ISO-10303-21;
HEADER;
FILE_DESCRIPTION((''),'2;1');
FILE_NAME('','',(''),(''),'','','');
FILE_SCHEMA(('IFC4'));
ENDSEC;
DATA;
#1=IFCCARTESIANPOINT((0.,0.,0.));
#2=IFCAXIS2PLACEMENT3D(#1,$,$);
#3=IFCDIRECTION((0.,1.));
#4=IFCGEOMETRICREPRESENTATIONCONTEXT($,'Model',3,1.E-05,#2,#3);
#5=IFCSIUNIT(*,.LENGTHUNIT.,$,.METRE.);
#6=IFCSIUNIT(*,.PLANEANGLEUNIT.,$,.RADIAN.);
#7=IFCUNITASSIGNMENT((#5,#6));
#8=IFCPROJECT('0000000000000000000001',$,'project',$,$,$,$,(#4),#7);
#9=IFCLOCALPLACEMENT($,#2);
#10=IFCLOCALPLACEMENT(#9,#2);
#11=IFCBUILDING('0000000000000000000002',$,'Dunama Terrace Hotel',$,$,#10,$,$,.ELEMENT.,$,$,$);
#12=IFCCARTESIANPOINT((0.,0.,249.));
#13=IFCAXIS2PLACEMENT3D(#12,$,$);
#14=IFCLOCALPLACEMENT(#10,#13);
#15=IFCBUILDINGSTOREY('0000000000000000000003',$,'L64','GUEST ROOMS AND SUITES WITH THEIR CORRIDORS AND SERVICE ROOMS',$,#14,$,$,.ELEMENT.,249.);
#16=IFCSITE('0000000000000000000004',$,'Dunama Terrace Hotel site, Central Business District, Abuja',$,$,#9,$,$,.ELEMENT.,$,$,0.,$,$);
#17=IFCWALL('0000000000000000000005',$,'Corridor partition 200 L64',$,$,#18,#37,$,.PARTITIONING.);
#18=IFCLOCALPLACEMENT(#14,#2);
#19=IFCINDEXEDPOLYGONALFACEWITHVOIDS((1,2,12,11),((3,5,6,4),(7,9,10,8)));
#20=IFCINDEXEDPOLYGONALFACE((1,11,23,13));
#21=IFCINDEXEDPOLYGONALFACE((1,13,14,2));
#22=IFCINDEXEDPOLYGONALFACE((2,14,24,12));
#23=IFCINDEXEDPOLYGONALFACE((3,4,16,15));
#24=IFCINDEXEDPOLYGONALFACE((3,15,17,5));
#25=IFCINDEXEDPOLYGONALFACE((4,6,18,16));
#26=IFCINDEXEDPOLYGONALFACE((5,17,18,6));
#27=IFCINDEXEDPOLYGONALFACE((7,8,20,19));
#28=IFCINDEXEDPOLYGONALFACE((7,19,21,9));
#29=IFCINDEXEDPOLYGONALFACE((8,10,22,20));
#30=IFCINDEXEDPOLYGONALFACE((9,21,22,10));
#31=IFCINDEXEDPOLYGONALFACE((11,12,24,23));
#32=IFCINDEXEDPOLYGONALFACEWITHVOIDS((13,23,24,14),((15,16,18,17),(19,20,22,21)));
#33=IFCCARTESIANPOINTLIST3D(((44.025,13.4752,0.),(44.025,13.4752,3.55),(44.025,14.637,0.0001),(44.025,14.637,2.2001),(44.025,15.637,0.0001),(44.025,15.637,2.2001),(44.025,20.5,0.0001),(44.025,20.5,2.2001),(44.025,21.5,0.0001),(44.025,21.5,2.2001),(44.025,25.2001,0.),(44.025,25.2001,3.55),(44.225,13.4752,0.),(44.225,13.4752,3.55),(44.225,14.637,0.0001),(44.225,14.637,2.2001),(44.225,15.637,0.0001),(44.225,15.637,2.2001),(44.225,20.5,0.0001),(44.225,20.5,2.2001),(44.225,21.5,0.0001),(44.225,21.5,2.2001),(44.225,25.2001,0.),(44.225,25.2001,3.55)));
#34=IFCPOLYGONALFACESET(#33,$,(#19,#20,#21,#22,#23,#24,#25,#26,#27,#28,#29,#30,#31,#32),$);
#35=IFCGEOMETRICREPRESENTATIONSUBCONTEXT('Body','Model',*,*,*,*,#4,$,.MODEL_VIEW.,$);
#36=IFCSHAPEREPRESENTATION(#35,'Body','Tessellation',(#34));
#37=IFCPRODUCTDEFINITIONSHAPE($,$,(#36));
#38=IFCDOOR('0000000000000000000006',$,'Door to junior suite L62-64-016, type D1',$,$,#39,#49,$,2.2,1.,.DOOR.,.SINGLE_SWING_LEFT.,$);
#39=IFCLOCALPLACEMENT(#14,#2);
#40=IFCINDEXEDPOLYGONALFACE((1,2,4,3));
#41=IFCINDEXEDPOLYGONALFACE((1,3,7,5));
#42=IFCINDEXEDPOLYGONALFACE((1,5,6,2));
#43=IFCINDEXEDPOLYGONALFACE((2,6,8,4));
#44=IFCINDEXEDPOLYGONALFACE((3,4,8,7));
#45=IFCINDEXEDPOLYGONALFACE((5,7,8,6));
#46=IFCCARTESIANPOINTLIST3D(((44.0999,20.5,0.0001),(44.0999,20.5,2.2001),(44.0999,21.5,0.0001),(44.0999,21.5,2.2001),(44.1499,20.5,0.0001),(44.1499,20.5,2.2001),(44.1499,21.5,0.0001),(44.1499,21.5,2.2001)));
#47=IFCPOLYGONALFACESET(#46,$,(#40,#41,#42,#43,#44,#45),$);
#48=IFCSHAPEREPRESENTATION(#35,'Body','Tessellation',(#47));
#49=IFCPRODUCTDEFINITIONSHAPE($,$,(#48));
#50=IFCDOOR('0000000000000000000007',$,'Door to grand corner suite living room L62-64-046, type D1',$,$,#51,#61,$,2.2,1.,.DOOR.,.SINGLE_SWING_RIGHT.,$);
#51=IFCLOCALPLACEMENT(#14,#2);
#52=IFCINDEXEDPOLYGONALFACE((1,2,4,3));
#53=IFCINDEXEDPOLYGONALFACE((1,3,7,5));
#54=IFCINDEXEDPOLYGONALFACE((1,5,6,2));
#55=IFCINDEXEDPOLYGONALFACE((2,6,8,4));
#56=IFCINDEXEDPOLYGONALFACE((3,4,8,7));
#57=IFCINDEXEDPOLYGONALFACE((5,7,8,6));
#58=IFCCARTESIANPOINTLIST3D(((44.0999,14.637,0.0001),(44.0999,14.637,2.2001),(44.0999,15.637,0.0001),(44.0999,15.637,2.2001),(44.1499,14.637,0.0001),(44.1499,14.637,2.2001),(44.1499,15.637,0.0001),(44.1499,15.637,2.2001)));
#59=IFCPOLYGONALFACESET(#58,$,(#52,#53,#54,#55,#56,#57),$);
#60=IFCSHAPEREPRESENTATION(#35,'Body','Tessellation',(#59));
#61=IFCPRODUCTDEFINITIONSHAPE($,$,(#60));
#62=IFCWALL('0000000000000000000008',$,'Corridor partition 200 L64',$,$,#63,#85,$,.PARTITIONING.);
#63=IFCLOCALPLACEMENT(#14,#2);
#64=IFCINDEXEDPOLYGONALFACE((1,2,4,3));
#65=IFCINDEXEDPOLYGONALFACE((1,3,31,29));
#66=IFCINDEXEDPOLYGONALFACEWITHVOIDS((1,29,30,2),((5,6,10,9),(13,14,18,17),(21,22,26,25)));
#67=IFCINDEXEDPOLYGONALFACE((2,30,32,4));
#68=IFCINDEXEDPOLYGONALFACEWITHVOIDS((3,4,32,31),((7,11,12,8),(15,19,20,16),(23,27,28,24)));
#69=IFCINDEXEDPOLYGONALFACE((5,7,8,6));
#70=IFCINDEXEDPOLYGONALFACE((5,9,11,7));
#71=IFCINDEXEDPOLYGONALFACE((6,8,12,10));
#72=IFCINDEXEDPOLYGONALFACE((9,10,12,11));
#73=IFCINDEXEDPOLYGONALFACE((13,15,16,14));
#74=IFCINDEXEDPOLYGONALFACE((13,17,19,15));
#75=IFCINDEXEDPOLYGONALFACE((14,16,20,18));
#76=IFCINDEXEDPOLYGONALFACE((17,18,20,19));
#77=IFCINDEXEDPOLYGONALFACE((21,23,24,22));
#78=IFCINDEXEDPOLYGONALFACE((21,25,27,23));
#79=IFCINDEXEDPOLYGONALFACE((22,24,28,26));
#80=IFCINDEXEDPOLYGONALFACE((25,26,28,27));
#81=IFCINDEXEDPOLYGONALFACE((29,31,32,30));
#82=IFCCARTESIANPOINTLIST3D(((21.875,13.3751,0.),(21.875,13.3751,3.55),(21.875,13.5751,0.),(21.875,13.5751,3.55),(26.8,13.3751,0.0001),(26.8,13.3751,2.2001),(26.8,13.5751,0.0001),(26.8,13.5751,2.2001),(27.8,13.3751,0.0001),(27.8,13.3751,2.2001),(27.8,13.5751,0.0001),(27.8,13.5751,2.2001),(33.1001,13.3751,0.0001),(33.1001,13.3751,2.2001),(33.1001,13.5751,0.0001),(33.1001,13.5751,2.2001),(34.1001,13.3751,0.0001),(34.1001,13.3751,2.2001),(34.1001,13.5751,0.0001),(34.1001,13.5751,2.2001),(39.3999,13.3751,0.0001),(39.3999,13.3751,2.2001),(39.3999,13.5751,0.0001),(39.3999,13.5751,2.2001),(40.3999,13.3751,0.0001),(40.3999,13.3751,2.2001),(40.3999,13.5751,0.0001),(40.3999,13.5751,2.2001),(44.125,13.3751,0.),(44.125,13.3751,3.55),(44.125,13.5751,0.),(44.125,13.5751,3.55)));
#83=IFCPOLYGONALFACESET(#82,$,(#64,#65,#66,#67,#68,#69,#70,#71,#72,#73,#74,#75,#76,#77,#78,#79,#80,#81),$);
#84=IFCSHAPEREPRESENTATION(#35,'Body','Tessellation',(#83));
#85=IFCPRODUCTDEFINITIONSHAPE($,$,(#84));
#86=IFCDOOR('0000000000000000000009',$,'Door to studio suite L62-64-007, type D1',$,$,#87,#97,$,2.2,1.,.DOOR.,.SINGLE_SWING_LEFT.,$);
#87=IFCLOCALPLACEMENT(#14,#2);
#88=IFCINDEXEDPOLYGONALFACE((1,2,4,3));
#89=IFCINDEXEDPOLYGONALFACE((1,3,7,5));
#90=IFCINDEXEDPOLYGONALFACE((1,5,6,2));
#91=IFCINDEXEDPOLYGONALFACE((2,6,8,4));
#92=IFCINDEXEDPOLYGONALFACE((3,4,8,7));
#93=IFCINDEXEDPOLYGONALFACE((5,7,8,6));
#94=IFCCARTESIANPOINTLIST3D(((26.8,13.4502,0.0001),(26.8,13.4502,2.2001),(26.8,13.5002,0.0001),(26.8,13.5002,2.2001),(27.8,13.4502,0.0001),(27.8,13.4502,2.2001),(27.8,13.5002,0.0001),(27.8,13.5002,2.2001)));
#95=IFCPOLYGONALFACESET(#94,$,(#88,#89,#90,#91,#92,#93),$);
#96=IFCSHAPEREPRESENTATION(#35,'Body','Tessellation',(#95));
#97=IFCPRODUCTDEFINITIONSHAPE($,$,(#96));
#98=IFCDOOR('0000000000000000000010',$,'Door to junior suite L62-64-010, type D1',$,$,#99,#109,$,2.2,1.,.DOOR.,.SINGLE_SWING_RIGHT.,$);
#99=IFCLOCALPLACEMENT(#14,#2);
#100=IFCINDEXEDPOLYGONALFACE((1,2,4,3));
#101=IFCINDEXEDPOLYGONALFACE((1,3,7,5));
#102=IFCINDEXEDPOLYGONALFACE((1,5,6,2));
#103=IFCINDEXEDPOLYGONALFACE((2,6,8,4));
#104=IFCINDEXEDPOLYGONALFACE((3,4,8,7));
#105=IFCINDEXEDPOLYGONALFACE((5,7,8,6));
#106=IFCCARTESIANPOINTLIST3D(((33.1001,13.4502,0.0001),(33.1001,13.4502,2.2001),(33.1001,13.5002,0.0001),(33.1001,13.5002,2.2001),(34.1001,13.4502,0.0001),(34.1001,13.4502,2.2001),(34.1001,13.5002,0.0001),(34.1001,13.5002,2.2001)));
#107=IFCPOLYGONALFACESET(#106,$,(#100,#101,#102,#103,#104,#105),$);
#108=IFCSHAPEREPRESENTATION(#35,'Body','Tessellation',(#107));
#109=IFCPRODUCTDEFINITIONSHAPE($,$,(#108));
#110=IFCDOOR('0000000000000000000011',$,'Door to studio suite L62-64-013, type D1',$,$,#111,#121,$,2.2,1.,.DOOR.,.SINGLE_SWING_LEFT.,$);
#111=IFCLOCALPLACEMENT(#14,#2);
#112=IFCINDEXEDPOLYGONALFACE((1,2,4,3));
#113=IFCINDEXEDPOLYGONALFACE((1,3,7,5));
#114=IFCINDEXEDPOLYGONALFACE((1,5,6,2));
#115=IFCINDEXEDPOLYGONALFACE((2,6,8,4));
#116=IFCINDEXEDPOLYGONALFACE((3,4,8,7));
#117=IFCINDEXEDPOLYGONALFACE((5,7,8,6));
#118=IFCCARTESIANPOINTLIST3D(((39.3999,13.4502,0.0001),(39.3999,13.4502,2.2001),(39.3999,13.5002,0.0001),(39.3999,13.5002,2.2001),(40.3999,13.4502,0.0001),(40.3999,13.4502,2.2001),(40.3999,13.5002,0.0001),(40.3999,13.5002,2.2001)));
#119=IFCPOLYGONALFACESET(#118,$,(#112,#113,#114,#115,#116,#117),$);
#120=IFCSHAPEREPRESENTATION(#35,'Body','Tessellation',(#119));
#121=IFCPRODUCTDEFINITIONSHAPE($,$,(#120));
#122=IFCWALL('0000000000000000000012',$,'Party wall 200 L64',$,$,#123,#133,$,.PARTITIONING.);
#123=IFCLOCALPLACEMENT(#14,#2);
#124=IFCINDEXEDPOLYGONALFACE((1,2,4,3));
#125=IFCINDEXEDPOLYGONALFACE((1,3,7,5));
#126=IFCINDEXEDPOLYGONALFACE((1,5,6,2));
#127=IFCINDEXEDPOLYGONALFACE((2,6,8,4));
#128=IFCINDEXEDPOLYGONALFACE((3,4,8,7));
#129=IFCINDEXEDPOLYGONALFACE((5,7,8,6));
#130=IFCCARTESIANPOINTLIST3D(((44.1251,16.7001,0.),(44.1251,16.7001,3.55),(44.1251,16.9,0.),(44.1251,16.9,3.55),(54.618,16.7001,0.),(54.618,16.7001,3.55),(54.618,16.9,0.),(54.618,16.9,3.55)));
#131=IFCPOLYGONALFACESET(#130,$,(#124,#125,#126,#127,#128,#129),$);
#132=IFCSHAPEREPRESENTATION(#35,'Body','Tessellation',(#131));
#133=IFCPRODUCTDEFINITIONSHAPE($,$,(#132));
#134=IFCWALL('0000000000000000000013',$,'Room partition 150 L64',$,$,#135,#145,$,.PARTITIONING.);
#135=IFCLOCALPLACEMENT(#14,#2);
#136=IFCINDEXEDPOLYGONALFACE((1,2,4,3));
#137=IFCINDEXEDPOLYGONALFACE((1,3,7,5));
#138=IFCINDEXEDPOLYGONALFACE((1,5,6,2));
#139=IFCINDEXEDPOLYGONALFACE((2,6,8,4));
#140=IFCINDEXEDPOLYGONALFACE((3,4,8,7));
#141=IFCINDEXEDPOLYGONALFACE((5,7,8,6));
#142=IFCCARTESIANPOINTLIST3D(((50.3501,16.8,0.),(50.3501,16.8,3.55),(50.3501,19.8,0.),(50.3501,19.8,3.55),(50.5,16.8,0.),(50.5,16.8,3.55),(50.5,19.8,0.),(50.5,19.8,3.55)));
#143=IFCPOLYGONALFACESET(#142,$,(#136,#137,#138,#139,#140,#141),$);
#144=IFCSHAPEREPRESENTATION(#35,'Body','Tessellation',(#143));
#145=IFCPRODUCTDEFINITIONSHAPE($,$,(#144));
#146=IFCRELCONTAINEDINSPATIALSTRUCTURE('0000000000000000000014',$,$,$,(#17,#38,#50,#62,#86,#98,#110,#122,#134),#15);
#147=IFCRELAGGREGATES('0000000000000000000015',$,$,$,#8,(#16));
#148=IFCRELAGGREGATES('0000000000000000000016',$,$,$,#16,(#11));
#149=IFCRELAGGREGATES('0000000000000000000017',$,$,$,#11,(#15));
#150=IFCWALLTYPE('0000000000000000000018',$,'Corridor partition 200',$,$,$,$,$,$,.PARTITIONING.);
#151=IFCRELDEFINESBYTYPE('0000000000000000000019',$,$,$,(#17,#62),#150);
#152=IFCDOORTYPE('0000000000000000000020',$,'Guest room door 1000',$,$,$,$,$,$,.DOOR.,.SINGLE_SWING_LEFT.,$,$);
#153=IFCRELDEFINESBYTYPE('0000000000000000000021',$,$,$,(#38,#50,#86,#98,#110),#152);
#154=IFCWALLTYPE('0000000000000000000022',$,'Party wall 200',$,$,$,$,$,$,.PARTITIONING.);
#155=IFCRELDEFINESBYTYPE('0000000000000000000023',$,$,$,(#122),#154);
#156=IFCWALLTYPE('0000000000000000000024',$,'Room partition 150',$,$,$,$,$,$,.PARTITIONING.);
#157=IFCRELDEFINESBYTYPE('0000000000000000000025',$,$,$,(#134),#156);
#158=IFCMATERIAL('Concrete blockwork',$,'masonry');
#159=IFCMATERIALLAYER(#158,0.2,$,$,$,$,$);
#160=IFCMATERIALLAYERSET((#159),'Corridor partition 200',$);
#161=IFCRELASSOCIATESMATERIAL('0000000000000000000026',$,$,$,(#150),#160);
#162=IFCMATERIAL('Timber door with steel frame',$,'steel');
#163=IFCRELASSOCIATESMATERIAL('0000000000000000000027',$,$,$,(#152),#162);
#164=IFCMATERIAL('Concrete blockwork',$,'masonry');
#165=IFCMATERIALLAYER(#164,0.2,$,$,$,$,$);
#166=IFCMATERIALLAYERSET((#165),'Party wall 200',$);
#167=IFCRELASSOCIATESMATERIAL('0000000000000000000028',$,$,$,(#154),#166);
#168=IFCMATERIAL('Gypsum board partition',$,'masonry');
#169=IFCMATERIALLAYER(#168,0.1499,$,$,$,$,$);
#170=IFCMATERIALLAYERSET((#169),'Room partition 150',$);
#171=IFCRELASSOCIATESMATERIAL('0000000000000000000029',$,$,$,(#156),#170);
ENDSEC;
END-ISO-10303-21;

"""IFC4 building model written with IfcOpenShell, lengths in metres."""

from ifc_helpers import new_model, si_unit, direction, frame, frame_2d, origin, place, context, subcontext, project, spatial, rectangle, extrude, material, layer, layer_set, type_object, element, fill, save


model = new_model("IFC4")

# Units and contexts
model_context = context("Model", 3, precision=1e-05, world=origin(), true_north=direction((0.0, 1.0)))
body_context = subcontext(model_context, "Body", "Model", "MODEL_VIEW")
ifc_project = project(units=[si_unit("LENGTHUNIT", "METRE"), si_unit("PLANEANGLEUNIT", "RADIAN")], contexts=[model_context])

# Site, building, storey
site_placement = place(None, origin())
site = spatial("IfcSite", under=ifc_project, at=site_placement, Name="Dunama Terrace Hotel site, Central Business District, Abuja", CompositionType="ELEMENT", RefElevation=0.0)
building_placement = place(site_placement, origin())
building = spatial("IfcBuilding", under=site, at=building_placement, Name="Dunama Terrace Hotel", CompositionType="ELEMENT")
storey_placement = place(building_placement, frame((0.0, 0.0, 249.0)))
storey = spatial("IfcBuildingStorey", under=building, at=storey_placement, Name="L64", Description="GUEST ROOMS AND SUITES WITH THEIR CORRIDORS AND SERVICE ROOMS", CompositionType="ELEMENT", Elevation=249.0)

# Walls, openings, doors
ifc_material_1 = material(Name="Concrete blockwork", Category="masonry")
ifc_layer_1 = layer(ifc_material_1, 0.2)
ifc_layer_set_1 = layer_set([ifc_layer_1], Name="Corridor partition 200")
wall_type_1 = type_object("IfcWallType", Name="Corridor partition 200", PredefinedType="PARTITIONING", material=ifc_layer_set_1)
wall_1_placement = place(storey_placement, frame((44.125, 25.2, 0.0), z_axis=(0.0, 0.0, 1.0), x_axis=(0.0, -1.0, 0.0)))
wall_1 = element("IfcWall", 1, at=wall_1_placement, inside=storey, type_object=wall_type_1, Name="Corridor partition 200 L64", PredefinedType="PARTITIONING", context=body_context, shape_type="SweptSolid", body=[
    extrude(rectangle(XDim=11.7249, YDim=0.2, at=frame_2d((5.8623, 0.0))), origin(), (0.0, 0.0, 1.0), 3.55),
])
opening_1_placement = place(wall_1_placement, frame((3.7, 0.0, 0.0)))
opening_1 = element("IfcOpeningElement", 2, at=opening_1_placement, cuts=wall_1, PredefinedType="OPENING", context=body_context, shape_type="SweptSolid", body=[
    extrude(rectangle(XDim=1.0, YDim=2.2, at=frame_2d((0.5, 1.1001))), frame((0.0, 0.1099, 0.0), z_axis=(0.0, -1.0, 0.0), x_axis=(1.0, 0.0, 0.0)), (0.0, 0.0, 1.0), 0.22),
])
opening_2_placement = place(wall_1_placement, frame((9.563, 0.0, 0.0)))
opening_2 = element("IfcOpeningElement", 3, at=opening_2_placement, cuts=wall_1, PredefinedType="OPENING", context=body_context, shape_type="SweptSolid", body=[
    extrude(rectangle(XDim=1.0, YDim=2.2, at=frame_2d((0.5, 1.1001))), frame((0.0, 0.1099, 0.0), z_axis=(0.0, -1.0, 0.0), x_axis=(1.0, 0.0, 0.0)), (0.0, 0.0, 1.0), 0.22),
])
ifc_material_2 = material(Name="Timber door with steel frame", Category="steel")
door_type_1 = type_object("IfcDoorType", Name="Guest room door 1000", OperationType="SINGLE_SWING_LEFT", PredefinedType="DOOR", material=ifc_material_2)
door_1_placement = place(opening_1_placement, origin())
door_1 = element("IfcDoor", 4, at=door_1_placement, inside=storey, type_object=door_type_1, Name="Door to junior suite L62-64-016, type D1", OperationType="SINGLE_SWING_LEFT", OverallHeight=2.2, OverallWidth=1.0, PredefinedType="DOOR", context=body_context, shape_type="SweptSolid", body=[
    extrude(rectangle(XDim=1.0, YDim=2.2, at=frame_2d((0.5, 1.1001))), frame((0.0, 0.0249, 0.0), z_axis=(0.0, -1.0, 0.0), x_axis=(1.0, 0.0, 0.0)), (0.0, 0.0, 1.0), 0.05),
])
fill(opening_1, door_1)
door_2_placement = place(opening_2_placement, origin())
door_2 = element("IfcDoor", 5, at=door_2_placement, inside=storey, type_object=door_type_1, Name="Door to grand corner suite living room L62-64-046, type D1", OperationType="SINGLE_SWING_RIGHT", OverallHeight=2.2, OverallWidth=1.0, PredefinedType="DOOR", context=body_context, shape_type="SweptSolid", body=[
    extrude(rectangle(XDim=1.0, YDim=2.2, at=frame_2d((0.5, 1.1001))), frame((0.0, 0.0249, 0.0), z_axis=(0.0, -1.0, 0.0), x_axis=(1.0, 0.0, 0.0)), (0.0, 0.0, 1.0), 0.05),
])
fill(opening_2, door_2)
wall_2_placement = place(storey_placement, frame((44.125, 13.4751, 0.0), z_axis=(0.0, 0.0, 1.0), x_axis=(-1.0, 0.0, 0.0)))
wall_2 = element("IfcWall", 6, at=wall_2_placement, inside=storey, type_object=wall_type_1, Name="Corridor partition 200 L64", PredefinedType="PARTITIONING", context=body_context, shape_type="SweptSolid", body=[
    extrude(rectangle(XDim=22.25, YDim=0.2, at=frame_2d((11.125, 0.0))), origin(), (0.0, 0.0, 1.0), 3.55),
])
opening_3_placement = place(wall_2_placement, frame((16.325, 0.0, 0.0)))
opening_3 = element("IfcOpeningElement", 7, at=opening_3_placement, cuts=wall_2, PredefinedType="OPENING", context=body_context, shape_type="SweptSolid", body=[
    extrude(rectangle(XDim=1.0, YDim=2.2, at=frame_2d((0.5, 1.1001))), frame((0.0, 0.1099, 0.0), z_axis=(0.0, -1.0, 0.0), x_axis=(1.0, 0.0, 0.0)), (0.0, 0.0, 1.0), 0.22),
])
opening_4_placement = place(wall_2_placement, frame((10.0249, 0.0, 0.0)))
opening_4 = element("IfcOpeningElement", 8, at=opening_4_placement, cuts=wall_2, PredefinedType="OPENING", context=body_context, shape_type="SweptSolid", body=[
    extrude(rectangle(XDim=1.0, YDim=2.2, at=frame_2d((0.5, 1.1001))), frame((0.0, 0.1099, 0.0), z_axis=(0.0, -1.0, 0.0), x_axis=(1.0, 0.0, 0.0)), (0.0, 0.0, 1.0), 0.22),
])
opening_5_placement = place(wall_2_placement, frame((3.7251, 0.0, 0.0)))
opening_5 = element("IfcOpeningElement", 9, at=opening_5_placement, cuts=wall_2, PredefinedType="OPENING", context=body_context, shape_type="SweptSolid", body=[
    extrude(rectangle(XDim=1.0, YDim=2.2, at=frame_2d((0.5, 1.1001))), frame((0.0, 0.1099, 0.0), z_axis=(0.0, -1.0, 0.0), x_axis=(1.0, 0.0, 0.0)), (0.0, 0.0, 1.0), 0.22),
])
door_3_placement = place(opening_3_placement, origin())
door_3 = element("IfcDoor", 10, at=door_3_placement, inside=storey, type_object=door_type_1, Name="Door to studio suite L62-64-007, type D1", OperationType="SINGLE_SWING_LEFT", OverallHeight=2.2, OverallWidth=1.0, PredefinedType="DOOR", context=body_context, shape_type="SweptSolid", body=[
    extrude(rectangle(XDim=1.0, YDim=2.2, at=frame_2d((0.5, 1.1001))), frame((0.0, 0.0249, 0.0), z_axis=(0.0, -1.0, 0.0), x_axis=(1.0, 0.0, 0.0)), (0.0, 0.0, 1.0), 0.05),
])
fill(opening_3, door_3)
door_4_placement = place(opening_4_placement, origin())
door_4 = element("IfcDoor", 11, at=door_4_placement, inside=storey, type_object=door_type_1, Name="Door to junior suite L62-64-010, type D1", OperationType="SINGLE_SWING_RIGHT", OverallHeight=2.2, OverallWidth=1.0, PredefinedType="DOOR", context=body_context, shape_type="SweptSolid", body=[
    extrude(rectangle(XDim=1.0, YDim=2.2, at=frame_2d((0.5, 1.1001))), frame((0.0, 0.0249, 0.0), z_axis=(0.0, -1.0, 0.0), x_axis=(1.0, 0.0, 0.0)), (0.0, 0.0, 1.0), 0.05),
])
fill(opening_4, door_4)
door_5_placement = place(opening_5_placement, origin())
door_5 = element("IfcDoor", 12, at=door_5_placement, inside=storey, type_object=door_type_1, Name="Door to studio suite L62-64-013, type D1", OperationType="SINGLE_SWING_LEFT", OverallHeight=2.2, OverallWidth=1.0, PredefinedType="DOOR", context=body_context, shape_type="SweptSolid", body=[
    extrude(rectangle(XDim=1.0, YDim=2.2, at=frame_2d((0.5, 1.1001))), frame((0.0, 0.0249, 0.0), z_axis=(0.0, -1.0, 0.0), x_axis=(1.0, 0.0, 0.0)), (0.0, 0.0, 1.0), 0.05),
])
fill(opening_5, door_5)

# Walls
ifc_material_3 = material(Name="Concrete blockwork", Category="masonry")
ifc_layer_2 = layer(ifc_material_3, 0.2)
ifc_layer_set_2 = layer_set([ifc_layer_2], Name="Party wall 200")
wall_type_2 = type_object("IfcWallType", Name="Party wall 200", PredefinedType="PARTITIONING", material=ifc_layer_set_2)
wall_3_placement = place(storey_placement, frame((44.125, 16.8, 0.0), z_axis=(0.0, 0.0, 1.0), x_axis=(1.0, 0.0, 0.0)))
element("IfcWall", 13, at=wall_3_placement, inside=storey, type_object=wall_type_2, Name="Party wall 200 L64", PredefinedType="PARTITIONING", context=body_context, shape_type="SweptSolid", body=[
    extrude(rectangle(XDim=10.4929, YDim=0.2, at=frame_2d((5.2466, 0.0))), origin(), (0.0, 0.0, 1.0), 3.55),
])
ifc_material_4 = material(Name="Gypsum board partition", Category="masonry")
ifc_layer_3 = layer(ifc_material_4, 0.1499)
ifc_layer_set_3 = layer_set([ifc_layer_3], Name="Room partition 150")
wall_type_3 = type_object("IfcWallType", Name="Room partition 150", PredefinedType="PARTITIONING", material=ifc_layer_set_3)
wall_4_placement = place(storey_placement, frame((50.425, 16.8, 0.0), z_axis=(0.0, 0.0, 1.0), x_axis=(0.0, 1.0, 0.0)))
element("IfcWall", 14, at=wall_4_placement, inside=storey, type_object=wall_type_3, Name="Room partition 150 L64", PredefinedType="PARTITIONING", context=body_context, shape_type="SweptSolid", body=[
    extrude(rectangle(XDim=3.0, YDim=0.1499, at=frame_2d((1.5, 0.0))), origin(), (0.0, 0.0, 1.0), 3.55),
])

save(model, "model.ifc")
